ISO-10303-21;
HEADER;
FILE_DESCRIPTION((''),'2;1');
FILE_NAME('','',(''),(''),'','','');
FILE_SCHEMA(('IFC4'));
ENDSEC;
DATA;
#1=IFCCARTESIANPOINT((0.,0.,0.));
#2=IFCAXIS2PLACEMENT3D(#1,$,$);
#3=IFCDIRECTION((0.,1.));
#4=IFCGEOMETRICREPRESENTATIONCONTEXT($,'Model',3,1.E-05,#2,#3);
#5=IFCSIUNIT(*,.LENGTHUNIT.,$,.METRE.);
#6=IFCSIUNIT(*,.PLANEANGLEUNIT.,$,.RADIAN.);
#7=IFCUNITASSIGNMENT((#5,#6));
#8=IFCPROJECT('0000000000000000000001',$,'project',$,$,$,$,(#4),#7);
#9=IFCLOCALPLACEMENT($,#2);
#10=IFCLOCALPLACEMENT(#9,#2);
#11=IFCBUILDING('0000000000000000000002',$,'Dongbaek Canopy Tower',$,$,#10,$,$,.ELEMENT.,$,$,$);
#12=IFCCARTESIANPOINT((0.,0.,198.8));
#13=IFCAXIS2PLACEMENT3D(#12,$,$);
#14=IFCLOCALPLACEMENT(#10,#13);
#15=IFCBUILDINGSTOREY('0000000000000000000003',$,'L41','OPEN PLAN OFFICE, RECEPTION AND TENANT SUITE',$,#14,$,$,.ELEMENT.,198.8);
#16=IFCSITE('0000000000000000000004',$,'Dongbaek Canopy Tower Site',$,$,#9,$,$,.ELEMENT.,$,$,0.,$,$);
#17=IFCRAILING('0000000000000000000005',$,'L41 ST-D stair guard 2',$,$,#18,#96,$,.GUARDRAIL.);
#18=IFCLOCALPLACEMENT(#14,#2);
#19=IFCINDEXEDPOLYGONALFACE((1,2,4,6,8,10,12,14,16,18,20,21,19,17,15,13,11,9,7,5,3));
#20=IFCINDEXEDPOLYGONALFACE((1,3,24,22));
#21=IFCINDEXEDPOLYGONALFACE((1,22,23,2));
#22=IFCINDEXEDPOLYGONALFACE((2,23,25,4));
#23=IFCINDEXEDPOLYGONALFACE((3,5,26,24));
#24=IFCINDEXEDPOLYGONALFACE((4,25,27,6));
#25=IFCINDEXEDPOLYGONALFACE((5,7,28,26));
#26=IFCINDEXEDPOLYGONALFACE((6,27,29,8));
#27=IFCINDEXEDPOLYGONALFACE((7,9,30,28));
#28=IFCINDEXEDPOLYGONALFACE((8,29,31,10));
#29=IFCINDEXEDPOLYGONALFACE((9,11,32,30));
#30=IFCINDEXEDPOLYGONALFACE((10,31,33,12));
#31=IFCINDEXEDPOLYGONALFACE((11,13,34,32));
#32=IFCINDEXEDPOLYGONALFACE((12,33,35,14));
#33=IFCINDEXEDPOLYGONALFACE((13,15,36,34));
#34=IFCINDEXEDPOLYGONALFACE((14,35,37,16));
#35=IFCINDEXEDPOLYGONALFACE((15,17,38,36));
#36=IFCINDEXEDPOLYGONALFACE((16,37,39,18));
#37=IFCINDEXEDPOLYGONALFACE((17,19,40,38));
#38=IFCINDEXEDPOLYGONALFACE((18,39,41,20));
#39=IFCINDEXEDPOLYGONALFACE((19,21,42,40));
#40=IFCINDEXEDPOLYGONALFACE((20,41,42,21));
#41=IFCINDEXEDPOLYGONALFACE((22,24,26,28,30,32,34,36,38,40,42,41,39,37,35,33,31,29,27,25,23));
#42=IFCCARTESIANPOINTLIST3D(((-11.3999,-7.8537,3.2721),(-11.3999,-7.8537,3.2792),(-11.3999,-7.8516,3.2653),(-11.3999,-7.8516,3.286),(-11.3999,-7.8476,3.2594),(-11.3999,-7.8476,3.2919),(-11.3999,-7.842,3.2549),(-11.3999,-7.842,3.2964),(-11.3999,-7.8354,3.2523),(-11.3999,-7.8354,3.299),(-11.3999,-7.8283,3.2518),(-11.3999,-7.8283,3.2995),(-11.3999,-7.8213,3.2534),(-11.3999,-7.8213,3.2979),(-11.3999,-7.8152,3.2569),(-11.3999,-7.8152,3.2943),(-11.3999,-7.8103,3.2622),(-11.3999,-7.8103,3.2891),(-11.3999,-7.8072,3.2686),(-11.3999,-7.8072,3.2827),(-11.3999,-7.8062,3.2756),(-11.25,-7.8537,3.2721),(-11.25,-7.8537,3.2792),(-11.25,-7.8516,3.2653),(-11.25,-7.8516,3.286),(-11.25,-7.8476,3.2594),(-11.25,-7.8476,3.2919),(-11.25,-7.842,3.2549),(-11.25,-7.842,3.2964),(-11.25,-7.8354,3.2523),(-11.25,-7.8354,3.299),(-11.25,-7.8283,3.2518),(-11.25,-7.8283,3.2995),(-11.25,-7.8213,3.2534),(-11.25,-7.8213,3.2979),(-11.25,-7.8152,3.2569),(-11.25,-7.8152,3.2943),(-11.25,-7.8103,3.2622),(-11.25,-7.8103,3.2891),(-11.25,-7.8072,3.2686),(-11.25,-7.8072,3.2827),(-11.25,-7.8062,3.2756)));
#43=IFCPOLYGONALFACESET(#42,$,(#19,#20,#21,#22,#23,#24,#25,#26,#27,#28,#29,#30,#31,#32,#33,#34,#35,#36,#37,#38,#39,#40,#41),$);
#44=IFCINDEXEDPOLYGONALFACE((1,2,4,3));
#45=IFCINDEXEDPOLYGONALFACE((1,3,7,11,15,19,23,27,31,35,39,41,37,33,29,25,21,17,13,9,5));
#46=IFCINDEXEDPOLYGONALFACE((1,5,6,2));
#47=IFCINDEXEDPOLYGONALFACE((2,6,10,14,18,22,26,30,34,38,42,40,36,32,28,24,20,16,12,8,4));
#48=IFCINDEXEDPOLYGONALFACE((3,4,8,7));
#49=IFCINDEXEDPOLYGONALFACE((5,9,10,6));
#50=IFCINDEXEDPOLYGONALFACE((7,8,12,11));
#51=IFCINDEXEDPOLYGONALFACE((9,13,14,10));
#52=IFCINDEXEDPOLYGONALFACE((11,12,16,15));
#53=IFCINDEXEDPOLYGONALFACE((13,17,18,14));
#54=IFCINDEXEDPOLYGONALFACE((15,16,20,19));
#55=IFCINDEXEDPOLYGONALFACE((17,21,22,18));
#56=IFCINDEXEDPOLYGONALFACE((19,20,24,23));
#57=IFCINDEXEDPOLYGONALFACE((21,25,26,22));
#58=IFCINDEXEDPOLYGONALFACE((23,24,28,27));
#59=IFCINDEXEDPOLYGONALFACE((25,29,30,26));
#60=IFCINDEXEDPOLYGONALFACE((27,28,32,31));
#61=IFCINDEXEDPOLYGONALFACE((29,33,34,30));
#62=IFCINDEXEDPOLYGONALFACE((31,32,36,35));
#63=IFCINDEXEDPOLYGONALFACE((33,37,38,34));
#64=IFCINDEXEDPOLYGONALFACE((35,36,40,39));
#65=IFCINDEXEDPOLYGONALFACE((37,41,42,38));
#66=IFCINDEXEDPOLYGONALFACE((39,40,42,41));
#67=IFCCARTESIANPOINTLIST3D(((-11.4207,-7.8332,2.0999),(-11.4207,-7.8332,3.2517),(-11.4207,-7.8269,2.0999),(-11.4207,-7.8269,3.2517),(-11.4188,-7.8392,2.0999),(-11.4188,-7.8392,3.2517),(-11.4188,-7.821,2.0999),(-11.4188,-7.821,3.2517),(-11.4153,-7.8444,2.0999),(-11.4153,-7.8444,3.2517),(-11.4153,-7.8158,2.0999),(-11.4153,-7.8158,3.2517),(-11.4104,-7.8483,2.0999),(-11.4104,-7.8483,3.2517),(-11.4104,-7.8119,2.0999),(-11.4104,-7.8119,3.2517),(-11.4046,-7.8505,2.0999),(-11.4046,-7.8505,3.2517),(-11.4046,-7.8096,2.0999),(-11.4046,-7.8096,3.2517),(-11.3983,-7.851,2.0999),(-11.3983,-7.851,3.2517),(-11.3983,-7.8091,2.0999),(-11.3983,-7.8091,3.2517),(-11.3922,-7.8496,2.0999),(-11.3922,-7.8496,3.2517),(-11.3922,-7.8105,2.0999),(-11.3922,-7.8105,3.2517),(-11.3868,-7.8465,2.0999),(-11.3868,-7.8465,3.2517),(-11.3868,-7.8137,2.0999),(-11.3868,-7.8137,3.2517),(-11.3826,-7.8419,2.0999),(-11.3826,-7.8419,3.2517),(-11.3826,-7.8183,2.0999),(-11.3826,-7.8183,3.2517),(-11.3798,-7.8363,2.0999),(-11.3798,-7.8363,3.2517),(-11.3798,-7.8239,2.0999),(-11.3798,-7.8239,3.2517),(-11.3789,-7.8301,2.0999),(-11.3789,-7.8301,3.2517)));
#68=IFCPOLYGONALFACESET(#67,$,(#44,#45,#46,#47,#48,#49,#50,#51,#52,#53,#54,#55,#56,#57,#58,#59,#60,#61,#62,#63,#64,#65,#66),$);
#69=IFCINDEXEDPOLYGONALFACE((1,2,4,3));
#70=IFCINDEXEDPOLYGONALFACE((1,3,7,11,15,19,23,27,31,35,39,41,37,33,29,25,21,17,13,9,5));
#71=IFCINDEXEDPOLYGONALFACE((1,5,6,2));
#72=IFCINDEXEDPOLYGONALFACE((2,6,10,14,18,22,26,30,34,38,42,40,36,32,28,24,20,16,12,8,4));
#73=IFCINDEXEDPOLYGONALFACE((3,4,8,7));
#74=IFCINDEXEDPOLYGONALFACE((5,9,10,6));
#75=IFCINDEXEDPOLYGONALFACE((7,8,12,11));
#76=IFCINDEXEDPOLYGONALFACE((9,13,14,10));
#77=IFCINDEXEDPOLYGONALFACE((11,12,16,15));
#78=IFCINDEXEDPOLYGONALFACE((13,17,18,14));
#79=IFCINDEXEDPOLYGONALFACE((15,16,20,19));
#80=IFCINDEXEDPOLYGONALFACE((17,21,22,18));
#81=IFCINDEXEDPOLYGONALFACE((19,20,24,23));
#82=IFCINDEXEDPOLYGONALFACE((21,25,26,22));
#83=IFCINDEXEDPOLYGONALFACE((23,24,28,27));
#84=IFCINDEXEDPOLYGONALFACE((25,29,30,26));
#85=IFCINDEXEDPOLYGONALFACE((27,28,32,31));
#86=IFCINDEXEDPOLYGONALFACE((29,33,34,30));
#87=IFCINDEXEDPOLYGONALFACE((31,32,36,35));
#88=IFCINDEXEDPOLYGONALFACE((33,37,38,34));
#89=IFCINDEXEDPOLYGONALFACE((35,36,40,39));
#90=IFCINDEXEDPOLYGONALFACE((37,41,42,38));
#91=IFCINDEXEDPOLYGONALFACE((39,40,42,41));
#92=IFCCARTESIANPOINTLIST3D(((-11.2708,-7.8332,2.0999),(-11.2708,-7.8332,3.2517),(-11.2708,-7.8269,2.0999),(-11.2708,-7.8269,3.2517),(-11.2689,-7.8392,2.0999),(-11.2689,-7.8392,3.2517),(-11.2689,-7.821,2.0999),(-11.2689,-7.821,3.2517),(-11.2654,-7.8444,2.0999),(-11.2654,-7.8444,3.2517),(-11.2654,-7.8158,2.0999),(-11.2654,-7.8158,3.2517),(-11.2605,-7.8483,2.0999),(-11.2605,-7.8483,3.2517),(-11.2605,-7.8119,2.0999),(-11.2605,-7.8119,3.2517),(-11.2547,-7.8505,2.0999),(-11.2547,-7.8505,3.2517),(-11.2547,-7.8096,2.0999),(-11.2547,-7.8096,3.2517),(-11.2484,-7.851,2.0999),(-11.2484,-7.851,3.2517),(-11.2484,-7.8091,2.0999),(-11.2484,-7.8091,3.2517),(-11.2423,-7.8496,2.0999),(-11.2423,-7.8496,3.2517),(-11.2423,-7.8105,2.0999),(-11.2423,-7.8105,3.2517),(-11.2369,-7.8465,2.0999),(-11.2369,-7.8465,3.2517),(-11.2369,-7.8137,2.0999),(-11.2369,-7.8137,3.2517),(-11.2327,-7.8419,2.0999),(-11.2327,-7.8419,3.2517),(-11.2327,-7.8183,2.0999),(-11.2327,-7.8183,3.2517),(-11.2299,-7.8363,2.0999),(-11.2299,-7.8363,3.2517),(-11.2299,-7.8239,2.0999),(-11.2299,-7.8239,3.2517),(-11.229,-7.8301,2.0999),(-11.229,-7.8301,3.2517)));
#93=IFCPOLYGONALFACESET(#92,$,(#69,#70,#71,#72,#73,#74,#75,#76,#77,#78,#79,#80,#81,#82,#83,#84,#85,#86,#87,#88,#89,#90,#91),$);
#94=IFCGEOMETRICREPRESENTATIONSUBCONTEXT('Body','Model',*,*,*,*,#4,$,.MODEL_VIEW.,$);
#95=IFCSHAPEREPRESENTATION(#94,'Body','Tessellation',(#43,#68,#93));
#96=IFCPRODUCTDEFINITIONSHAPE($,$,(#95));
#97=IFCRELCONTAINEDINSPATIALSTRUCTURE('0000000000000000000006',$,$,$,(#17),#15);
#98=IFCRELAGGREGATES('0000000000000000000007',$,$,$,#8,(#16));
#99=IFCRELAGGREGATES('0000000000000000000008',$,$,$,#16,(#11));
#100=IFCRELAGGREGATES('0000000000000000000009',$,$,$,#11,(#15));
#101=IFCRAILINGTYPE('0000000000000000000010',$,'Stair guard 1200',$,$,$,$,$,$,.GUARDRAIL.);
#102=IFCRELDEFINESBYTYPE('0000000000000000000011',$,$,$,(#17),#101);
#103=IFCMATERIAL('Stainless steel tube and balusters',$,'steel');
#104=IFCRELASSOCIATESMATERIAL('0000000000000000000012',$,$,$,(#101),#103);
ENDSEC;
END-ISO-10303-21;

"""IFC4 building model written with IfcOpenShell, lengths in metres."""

from ifc_helpers import new_model, si_unit, direction, frame, origin, origin_2d, place, context, subcontext, project, spatial, circle, extrude, material, type_object, element, save


model = new_model("IFC4")

# Units and contexts
model_context = context("Model", 3, precision=1e-05, world=origin(), true_north=direction((0.0, 1.0)))
body_context = subcontext(model_context, "Body", "Model", "MODEL_VIEW")
ifc_project = project(units=[si_unit("LENGTHUNIT", "METRE"), si_unit("PLANEANGLEUNIT", "RADIAN")], contexts=[model_context])

# Site, building, storey
site_placement = place(None, origin())
site = spatial("IfcSite", under=ifc_project, at=site_placement, Name="Dongbaek Canopy Tower Site", CompositionType="ELEMENT", RefElevation=0.0)
building_placement = place(site_placement, origin())
building = spatial("IfcBuilding", under=site, at=building_placement, Name="Dongbaek Canopy Tower", CompositionType="ELEMENT")
storey_placement = place(building_placement, frame((0.0, 0.0, 198.8)))
storey = spatial("IfcBuildingStorey", under=building, at=storey_placement, Name="L41", Description="OPEN PLAN OFFICE, RECEPTION AND TENANT SUITE", CompositionType="ELEMENT", Elevation=198.8)

# Railing
ifc_material_1 = material(Name="Stainless steel tube and balusters", Category="steel")
railing_type_1 = type_object("IfcRailingType", Name="Stair guard 1200", PredefinedType="GUARDRAIL", material=ifc_material_1)
railing_1_placement = place(storey_placement, frame((-11.3999, -7.8301, 2.0999)))
element("IfcRailing", 1, at=railing_1_placement, inside=storey, type_object=railing_type_1, Name="L41 ST-D stair guard 2", PredefinedType="GUARDRAIL", context=body_context, shape_type="SweptSolid", body=[
    extrude(circle(Radius=0.0239, at=origin_2d()), frame((0.0, 0.0, 1.1758), z_axis=(1.0, 0.0, 0.0), x_axis=(0.0, 1.0, 0.0)), (0.0, 0.0, 1.0), 0.1499),
    extrude(circle(Radius=0.021, at=origin_2d()), origin(), (0.0, 0.0, 1.0), 1.1519),
    extrude(circle(Radius=0.021, at=origin_2d()), frame((0.1499, 0.0, 0.0)), (0.0, 0.0, 1.0), 1.1519),
])

save(model, "model.ifc")
